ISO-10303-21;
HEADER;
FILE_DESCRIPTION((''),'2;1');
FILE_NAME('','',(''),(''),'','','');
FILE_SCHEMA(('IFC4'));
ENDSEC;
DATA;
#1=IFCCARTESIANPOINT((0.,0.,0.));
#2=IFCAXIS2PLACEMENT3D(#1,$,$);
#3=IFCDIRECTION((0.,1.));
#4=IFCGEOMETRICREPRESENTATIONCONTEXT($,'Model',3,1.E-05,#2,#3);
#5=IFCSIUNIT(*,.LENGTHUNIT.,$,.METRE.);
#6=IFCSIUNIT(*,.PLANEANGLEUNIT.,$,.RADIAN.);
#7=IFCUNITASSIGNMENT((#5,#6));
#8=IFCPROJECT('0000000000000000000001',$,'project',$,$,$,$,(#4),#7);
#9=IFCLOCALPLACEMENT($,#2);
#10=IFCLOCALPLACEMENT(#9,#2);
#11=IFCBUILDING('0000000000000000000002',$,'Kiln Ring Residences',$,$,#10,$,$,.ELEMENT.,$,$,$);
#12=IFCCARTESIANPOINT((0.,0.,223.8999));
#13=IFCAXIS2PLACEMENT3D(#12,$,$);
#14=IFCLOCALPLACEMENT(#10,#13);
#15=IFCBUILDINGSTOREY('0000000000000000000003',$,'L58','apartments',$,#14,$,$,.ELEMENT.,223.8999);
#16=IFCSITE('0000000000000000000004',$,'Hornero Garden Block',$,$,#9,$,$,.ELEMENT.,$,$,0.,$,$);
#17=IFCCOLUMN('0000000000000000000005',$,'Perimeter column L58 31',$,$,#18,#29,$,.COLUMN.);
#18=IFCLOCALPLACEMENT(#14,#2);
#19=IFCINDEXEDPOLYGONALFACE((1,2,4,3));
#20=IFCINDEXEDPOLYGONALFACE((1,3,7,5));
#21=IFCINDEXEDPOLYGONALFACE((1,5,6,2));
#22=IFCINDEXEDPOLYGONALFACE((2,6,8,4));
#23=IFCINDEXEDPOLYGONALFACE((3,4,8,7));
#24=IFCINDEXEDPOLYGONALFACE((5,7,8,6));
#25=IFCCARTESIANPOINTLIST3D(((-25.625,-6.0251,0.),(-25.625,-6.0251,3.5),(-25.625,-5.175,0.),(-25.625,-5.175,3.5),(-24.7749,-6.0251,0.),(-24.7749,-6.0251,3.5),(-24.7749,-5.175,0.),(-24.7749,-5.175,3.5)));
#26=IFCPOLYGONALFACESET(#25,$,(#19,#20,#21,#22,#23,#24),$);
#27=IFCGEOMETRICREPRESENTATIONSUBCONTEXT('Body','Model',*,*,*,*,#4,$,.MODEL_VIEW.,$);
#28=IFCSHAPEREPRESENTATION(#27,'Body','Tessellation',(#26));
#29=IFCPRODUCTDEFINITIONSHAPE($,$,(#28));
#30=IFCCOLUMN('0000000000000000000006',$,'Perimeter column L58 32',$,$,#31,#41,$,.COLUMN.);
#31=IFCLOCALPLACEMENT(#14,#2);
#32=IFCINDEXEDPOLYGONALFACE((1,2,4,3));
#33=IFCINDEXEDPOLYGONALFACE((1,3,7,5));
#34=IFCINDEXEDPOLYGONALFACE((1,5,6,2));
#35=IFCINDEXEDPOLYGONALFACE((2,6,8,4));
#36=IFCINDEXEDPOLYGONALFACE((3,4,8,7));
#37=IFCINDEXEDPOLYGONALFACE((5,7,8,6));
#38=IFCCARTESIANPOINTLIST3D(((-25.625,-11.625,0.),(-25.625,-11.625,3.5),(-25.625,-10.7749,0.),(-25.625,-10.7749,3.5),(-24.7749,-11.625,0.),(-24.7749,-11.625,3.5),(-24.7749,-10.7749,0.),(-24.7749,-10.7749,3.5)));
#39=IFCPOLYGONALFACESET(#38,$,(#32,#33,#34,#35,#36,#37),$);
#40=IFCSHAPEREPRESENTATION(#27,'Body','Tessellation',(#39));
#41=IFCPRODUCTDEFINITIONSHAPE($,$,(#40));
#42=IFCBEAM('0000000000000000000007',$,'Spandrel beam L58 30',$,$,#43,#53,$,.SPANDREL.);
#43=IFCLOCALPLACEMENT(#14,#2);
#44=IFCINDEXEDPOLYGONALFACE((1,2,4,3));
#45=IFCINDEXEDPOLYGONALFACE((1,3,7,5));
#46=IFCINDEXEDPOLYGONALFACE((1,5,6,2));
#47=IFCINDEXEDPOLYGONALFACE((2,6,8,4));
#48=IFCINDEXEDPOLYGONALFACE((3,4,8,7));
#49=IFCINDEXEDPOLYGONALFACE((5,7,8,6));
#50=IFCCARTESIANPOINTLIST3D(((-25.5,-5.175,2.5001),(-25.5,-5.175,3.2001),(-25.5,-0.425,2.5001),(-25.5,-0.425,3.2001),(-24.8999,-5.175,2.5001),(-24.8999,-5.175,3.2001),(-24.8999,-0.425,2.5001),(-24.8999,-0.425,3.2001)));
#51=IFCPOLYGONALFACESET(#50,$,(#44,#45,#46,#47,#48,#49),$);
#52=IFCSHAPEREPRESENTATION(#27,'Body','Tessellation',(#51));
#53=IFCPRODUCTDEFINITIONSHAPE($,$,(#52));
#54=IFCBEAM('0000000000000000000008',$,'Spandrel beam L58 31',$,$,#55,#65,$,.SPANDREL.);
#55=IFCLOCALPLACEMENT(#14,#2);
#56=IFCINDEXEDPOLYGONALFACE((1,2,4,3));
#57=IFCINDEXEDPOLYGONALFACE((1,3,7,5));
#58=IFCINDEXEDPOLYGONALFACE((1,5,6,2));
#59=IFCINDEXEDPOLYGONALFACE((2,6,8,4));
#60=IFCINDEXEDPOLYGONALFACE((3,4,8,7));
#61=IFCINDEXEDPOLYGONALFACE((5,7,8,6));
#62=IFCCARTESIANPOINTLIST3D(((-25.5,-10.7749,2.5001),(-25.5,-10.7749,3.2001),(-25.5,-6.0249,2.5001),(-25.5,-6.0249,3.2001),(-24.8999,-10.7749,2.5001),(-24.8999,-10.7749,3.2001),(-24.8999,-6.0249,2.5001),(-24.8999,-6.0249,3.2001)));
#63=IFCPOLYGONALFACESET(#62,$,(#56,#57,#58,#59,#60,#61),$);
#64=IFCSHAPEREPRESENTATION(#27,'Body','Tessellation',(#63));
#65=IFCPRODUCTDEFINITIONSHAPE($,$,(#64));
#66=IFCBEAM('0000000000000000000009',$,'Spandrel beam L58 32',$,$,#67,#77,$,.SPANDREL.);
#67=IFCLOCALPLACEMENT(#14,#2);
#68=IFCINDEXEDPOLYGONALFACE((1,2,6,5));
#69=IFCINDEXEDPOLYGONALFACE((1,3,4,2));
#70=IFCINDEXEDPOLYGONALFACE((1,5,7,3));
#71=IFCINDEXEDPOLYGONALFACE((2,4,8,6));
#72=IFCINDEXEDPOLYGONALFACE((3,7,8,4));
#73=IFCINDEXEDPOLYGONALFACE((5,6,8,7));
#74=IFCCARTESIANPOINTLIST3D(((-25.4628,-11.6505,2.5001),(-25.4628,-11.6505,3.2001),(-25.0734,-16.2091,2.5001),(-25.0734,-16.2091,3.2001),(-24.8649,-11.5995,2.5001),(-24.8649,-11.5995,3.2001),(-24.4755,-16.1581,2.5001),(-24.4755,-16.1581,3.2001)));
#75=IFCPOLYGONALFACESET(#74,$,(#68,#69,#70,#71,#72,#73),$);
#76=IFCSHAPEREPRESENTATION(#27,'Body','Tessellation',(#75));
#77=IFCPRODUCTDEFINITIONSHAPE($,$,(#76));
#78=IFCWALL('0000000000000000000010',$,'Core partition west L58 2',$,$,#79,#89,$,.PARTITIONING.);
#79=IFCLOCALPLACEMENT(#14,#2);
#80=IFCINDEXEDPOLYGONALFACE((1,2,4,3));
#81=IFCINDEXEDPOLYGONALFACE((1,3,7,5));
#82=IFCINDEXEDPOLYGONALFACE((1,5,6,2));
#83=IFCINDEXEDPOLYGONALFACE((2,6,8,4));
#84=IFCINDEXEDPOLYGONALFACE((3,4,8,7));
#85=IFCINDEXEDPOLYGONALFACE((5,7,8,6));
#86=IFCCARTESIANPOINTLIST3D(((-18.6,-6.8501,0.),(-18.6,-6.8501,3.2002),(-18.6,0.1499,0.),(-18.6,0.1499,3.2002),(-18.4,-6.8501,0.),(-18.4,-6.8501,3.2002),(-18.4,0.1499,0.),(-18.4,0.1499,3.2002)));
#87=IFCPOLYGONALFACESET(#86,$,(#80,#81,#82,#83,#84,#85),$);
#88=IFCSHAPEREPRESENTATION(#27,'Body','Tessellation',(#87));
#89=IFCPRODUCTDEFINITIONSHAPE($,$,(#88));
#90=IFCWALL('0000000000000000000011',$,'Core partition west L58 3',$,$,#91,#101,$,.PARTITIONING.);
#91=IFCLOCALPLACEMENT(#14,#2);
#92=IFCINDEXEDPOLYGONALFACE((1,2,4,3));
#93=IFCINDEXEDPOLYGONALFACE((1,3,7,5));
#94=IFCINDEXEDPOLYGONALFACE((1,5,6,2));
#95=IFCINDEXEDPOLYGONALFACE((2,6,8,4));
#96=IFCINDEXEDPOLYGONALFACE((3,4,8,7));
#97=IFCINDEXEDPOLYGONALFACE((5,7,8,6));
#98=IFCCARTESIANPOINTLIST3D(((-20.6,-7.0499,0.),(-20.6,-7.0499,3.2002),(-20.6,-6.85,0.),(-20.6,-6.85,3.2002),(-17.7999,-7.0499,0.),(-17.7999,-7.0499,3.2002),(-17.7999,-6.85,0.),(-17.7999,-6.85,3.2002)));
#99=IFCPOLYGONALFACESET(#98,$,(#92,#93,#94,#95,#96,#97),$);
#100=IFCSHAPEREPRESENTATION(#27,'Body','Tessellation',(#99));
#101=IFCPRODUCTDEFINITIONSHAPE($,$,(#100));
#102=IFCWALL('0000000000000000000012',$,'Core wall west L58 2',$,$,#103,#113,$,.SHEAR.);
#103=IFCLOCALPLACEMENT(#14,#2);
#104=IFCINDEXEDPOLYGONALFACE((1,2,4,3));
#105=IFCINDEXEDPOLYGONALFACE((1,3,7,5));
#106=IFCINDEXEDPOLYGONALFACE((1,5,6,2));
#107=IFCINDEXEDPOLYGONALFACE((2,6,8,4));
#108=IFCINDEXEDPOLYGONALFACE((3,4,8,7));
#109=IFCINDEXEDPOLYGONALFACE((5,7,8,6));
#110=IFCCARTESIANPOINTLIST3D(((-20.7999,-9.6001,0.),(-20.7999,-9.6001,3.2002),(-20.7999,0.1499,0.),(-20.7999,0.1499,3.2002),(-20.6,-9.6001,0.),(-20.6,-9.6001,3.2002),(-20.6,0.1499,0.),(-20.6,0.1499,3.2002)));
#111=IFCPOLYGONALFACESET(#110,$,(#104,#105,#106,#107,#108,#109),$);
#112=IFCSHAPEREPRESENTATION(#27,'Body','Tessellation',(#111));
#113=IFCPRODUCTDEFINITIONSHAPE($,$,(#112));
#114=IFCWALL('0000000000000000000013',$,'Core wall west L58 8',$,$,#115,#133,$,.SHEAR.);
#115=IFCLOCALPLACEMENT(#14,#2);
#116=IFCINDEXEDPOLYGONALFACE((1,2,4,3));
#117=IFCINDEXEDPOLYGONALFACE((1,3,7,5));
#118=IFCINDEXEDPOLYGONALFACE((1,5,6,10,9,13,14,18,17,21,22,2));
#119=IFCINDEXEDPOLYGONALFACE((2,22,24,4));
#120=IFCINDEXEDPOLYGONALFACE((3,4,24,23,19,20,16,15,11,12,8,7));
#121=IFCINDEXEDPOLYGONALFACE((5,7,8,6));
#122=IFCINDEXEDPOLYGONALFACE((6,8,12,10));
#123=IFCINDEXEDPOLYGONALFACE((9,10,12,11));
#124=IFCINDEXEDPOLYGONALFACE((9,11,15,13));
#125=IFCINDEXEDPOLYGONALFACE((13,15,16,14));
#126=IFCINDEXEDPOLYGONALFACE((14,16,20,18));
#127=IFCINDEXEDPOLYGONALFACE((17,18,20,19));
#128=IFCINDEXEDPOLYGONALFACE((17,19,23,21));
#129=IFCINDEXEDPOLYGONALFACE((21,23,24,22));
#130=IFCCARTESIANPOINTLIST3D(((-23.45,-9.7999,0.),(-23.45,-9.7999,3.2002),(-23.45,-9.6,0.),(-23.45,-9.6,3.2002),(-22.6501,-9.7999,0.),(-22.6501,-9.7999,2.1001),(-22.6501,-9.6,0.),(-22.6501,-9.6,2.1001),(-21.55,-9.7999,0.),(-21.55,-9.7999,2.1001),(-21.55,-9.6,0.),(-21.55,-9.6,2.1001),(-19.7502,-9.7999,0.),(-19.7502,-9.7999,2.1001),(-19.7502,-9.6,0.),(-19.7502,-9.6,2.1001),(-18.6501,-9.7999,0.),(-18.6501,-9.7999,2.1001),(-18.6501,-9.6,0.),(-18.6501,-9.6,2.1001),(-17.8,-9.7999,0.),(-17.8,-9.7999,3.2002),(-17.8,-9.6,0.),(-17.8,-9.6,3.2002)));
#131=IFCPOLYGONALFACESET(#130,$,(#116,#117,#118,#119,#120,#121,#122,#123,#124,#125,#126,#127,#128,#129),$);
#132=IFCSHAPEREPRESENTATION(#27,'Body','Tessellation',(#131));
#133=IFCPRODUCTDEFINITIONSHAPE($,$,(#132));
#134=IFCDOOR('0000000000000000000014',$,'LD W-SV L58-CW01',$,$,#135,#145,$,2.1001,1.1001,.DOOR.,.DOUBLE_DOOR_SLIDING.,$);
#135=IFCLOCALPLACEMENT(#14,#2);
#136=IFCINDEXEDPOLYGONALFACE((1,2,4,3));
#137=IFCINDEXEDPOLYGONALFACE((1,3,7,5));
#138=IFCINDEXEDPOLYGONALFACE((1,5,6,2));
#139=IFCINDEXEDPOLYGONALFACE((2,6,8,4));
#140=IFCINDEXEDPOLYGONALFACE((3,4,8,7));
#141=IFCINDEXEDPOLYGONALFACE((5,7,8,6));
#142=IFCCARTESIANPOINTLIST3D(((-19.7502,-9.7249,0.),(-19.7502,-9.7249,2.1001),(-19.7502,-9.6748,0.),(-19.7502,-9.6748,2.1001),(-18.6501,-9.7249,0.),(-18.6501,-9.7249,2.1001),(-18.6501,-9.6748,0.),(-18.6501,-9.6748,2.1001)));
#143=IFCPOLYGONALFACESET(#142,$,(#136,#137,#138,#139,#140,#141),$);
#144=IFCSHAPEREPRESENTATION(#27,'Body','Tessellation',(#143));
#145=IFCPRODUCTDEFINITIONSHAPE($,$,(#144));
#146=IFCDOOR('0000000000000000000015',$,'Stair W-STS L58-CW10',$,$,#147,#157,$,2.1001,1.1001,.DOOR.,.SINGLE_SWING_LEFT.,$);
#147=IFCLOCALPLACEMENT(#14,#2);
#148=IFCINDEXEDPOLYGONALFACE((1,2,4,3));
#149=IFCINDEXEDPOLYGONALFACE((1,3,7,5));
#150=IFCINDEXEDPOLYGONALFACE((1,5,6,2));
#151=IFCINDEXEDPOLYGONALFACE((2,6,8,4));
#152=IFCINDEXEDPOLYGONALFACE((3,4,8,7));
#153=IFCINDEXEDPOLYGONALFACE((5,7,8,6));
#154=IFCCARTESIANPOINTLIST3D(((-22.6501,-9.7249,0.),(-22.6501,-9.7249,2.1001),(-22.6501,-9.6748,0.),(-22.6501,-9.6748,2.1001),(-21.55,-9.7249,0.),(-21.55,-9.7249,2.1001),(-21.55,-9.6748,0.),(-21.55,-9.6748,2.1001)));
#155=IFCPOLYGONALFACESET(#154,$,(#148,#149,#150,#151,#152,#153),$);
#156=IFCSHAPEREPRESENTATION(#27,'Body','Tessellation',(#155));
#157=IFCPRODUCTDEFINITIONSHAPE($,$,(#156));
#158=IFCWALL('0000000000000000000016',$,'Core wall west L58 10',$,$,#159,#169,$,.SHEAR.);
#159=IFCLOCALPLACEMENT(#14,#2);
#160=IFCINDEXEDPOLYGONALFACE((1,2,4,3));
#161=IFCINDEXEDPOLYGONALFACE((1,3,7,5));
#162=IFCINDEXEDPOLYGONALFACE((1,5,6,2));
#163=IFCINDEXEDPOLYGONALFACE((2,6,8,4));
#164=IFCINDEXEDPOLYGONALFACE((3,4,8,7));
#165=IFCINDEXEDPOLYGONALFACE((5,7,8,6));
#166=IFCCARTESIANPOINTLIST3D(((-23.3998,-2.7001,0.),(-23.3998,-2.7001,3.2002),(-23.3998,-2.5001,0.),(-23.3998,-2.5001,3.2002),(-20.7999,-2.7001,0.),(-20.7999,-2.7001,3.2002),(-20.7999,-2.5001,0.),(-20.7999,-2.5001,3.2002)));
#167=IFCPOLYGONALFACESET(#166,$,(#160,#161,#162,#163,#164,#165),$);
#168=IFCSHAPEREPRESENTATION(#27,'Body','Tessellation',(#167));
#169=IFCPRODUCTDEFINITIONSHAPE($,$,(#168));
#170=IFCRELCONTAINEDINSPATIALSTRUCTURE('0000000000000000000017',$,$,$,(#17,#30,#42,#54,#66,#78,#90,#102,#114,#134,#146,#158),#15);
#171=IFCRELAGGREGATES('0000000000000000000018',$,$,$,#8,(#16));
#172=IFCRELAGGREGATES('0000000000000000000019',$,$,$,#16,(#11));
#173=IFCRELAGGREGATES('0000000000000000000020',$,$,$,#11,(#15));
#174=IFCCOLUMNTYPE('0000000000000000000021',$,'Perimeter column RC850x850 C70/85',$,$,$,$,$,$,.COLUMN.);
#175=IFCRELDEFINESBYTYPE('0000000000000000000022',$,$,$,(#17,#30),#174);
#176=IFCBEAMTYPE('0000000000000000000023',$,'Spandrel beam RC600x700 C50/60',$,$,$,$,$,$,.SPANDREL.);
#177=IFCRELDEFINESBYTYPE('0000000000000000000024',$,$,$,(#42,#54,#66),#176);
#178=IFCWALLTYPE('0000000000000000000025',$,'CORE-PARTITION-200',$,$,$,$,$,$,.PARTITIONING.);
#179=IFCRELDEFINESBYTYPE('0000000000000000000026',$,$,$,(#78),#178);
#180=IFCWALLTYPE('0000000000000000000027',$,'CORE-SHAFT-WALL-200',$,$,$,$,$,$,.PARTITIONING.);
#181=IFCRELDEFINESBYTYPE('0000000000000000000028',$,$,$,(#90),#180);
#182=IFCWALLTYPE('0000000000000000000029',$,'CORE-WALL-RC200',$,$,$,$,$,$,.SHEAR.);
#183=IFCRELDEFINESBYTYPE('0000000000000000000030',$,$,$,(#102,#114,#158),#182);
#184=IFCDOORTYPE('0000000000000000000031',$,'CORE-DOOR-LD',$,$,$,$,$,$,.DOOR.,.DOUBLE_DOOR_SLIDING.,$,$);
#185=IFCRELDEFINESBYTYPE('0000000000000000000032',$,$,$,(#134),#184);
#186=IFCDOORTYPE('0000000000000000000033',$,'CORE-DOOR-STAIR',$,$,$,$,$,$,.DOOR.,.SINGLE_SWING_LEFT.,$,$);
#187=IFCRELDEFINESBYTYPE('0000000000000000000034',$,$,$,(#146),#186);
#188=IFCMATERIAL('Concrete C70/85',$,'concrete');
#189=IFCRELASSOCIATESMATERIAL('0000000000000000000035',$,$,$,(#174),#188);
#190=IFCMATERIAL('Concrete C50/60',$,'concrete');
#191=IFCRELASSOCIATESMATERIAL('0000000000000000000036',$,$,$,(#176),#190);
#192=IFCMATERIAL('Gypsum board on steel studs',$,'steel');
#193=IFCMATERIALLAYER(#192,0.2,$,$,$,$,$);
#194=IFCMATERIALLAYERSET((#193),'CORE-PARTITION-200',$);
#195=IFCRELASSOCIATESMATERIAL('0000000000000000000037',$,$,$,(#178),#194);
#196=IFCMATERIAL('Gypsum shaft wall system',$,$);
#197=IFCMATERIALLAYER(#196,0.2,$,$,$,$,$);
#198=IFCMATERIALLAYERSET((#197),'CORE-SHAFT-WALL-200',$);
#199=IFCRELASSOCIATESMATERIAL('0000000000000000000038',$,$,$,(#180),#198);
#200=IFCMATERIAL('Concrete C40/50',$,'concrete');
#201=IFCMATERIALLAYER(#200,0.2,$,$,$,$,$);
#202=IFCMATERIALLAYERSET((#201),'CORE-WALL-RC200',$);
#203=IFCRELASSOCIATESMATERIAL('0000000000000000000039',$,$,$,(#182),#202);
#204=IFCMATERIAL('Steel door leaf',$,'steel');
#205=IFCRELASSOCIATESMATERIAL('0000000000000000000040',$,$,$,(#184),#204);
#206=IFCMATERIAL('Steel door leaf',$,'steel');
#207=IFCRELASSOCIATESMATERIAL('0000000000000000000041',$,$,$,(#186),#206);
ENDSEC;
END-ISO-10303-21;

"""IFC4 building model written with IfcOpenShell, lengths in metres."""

from ifc_helpers import new_model, si_unit, direction, frame, frame_2d, origin, origin_2d, place, context, subcontext, project, spatial, rectangle, extrude, material, layer, layer_set, material_profile, profile_set, type_object, element, fill, save


model = new_model("IFC4")

# Units and contexts
model_context = context("Model", 3, precision=1e-05, world=origin(), true_north=direction((0.0, 1.0)))
body_context = subcontext(model_context, "Body", "Model", "MODEL_VIEW")
ifc_project = project(units=[si_unit("LENGTHUNIT", "METRE"), si_unit("PLANEANGLEUNIT", "RADIAN")], contexts=[model_context])

# Site, building, storey
site_placement = place(None, origin())
site = spatial("IfcSite", under=ifc_project, at=site_placement, Name="Hornero Garden Block", CompositionType="ELEMENT", RefElevation=0.0)
building_placement = place(site_placement, origin())
building = spatial("IfcBuilding", under=site, at=building_placement, Name="Kiln Ring Residences", CompositionType="ELEMENT")
storey_placement = place(building_placement, frame((0.0, 0.0, 223.8999)))
storey = spatial("IfcBuildingStorey", under=building, at=storey_placement, Name="L58", Description="apartments", CompositionType="ELEMENT", Elevation=223.8999)

# Columns
ifc_material_1 = material(Name="Concrete C70/85", Category="concrete")
ifc_material_profile_1 = material_profile(ifc_material_1, rectangle(XDim=0.8501, YDim=0.8501, at=origin_2d()), Name="RC850x850")
ifc_profile_set_1 = profile_set([ifc_material_profile_1], Name="Concrete C70/85")
column_type = type_object("IfcColumnType", Name="Perimeter column RC850x850 C70/85", PredefinedType="COLUMN", material=ifc_profile_set_1)
for number, where, z_axis, x_axis, name in (
    (1, (-25.2, -5.6001, 0.0), (0.0, 0.0, 1.0), (1.0, 0.0, 0.0), "Perimeter column L58 31"),
    (2, (-25.2, -11.2, 0.0), (0.0, 0.0, 1.0), (1.0, 0.0, 0.0), "Perimeter column L58 32"),
):
    element("IfcColumn", number, at=place(storey_placement, frame(where, z_axis=z_axis, x_axis=x_axis)), inside=storey, type_object=column_type, Name=name, PredefinedType="COLUMN", context=body_context, shape_type="SweptSolid", body=[
        extrude(rectangle(XDim=0.8501, YDim=0.8501, at=origin_2d()), origin(), (0.0, 0.0, 1.0), 3.5),
    ])

# Beams
ifc_material_2 = material(Name="Concrete C50/60", Category="concrete")
ifc_material_profile_2 = material_profile(ifc_material_2, rectangle(XDim=0.6001, YDim=0.7, at=origin_2d()), Name="RC600x700")
ifc_profile_set_2 = profile_set([ifc_material_profile_2], Name="Concrete C50/60")
beam_type = type_object("IfcBeamType", Name="Spandrel beam RC600x700 C50/60", PredefinedType="SPANDREL", material=ifc_profile_set_2)
for number, where, z_axis, x_axis, name in (
    (3, (-25.2, -0.425, 2.8501), (0.0, -1.0, 0.0), (1.0, 0.0, 0.0), "Spandrel beam L58 30"),
    (4, (-25.2, -6.0249, 2.8501), (0.0, -1.0, 0.0), (1.0, 0.0, 0.0), "Spandrel beam L58 31"),
):
    element("IfcBeam", number, at=place(storey_placement, frame(where, z_axis=z_axis, x_axis=x_axis)), inside=storey, type_object=beam_type, Name=name, PredefinedType="SPANDREL", context=body_context, shape_type="SweptSolid", body=[
        extrude(rectangle(XDim=0.6001, YDim=0.7, at=origin_2d()), origin(), (0.0, 0.0, 1.0), 4.75),
    ])
beam_placement = place(storey_placement, frame((-25.1638, -11.625, 2.8501), z_axis=(0.085112, -0.996371, 0.0), x_axis=(0.996371, 0.085112, 0.0)))
element("IfcBeam", 5, at=beam_placement, inside=storey, type_object=beam_type, Name="Spandrel beam L58 32", PredefinedType="SPANDREL", context=body_context, shape_type="SweptSolid", body=[
    extrude(rectangle(XDim=0.6001, YDim=0.7, at=origin_2d()), origin(), (0.0, 0.0, 1.0), 4.5752),
])

# Walls
ifc_material_3 = material(Name="Gypsum board on steel studs", Category="steel")
ifc_layer_1 = layer(ifc_material_3, 0.2)
ifc_layer_set_1 = layer_set([ifc_layer_1], Name="CORE-PARTITION-200")
wall_type_1 = type_object("IfcWallType", Name="CORE-PARTITION-200", PredefinedType="PARTITIONING", material=ifc_layer_set_1)
wall_1_placement = place(storey_placement, frame((-18.5, -6.8501, 0.0), z_axis=(0.0, 0.0, 1.0), x_axis=(0.0, 1.0, 0.0)))
element("IfcWall", 6, at=wall_1_placement, inside=storey, type_object=wall_type_1, Name="Core partition west L58 2", PredefinedType="PARTITIONING", context=body_context, shape_type="SweptSolid", body=[
    extrude(rectangle(XDim=7.0, YDim=0.2, at=frame_2d((3.5, 0.0))), origin(), (0.0, 0.0, 1.0), 3.2002),
])
ifc_material_4 = material(Name="Gypsum shaft wall system")
ifc_layer_2 = layer(ifc_material_4, 0.2)
ifc_layer_set_2 = layer_set([ifc_layer_2], Name="CORE-SHAFT-WALL-200")
wall_type_2 = type_object("IfcWallType", Name="CORE-SHAFT-WALL-200", PredefinedType="PARTITIONING", material=ifc_layer_set_2)
wall_2_placement = place(storey_placement, frame((-17.8, -6.95, 0.0), z_axis=(0.0, 0.0, 1.0), x_axis=(-1.0, 0.0, 0.0)))
element("IfcWall", 7, at=wall_2_placement, inside=storey, type_object=wall_type_2, Name="Core partition west L58 3", PredefinedType="PARTITIONING", context=body_context, shape_type="SweptSolid", body=[
    extrude(rectangle(XDim=2.8, YDim=0.2, at=frame_2d((1.3999, 0.0))), origin(), (0.0, 0.0, 1.0), 3.2002),
])
ifc_material_5 = material(Name="Concrete C40/50", Category="concrete")
ifc_layer_3 = layer(ifc_material_5, 0.2)
ifc_layer_set_3 = layer_set([ifc_layer_3], Name="CORE-WALL-RC200")
wall_type_3 = type_object("IfcWallType", Name="CORE-WALL-RC200", PredefinedType="SHEAR", material=ifc_layer_set_3)
wall_3_placement = place(storey_placement, frame((-20.7, -9.6001, 0.0), z_axis=(0.0, 0.0, 1.0), x_axis=(0.0, 1.0, 0.0)))
element("IfcWall", 8, at=wall_3_placement, inside=storey, type_object=wall_type_3, Name="Core wall west L58 2", PredefinedType="SHEAR", context=body_context, shape_type="SweptSolid", body=[
    extrude(rectangle(XDim=9.75, YDim=0.2, at=frame_2d((4.875, 0.0))), origin(), (0.0, 0.0, 1.0), 3.2002),
])

# Wall, openings, doors
wall_4_placement = place(storey_placement, frame((-17.8, -9.7, 0.0), z_axis=(0.0, 0.0, 1.0), x_axis=(-1.0, 0.0, 0.0)))
wall_4 = element("IfcWall", 9, at=wall_4_placement, inside=storey, type_object=wall_type_3, Name="Core wall west L58 8", PredefinedType="SHEAR", context=body_context, shape_type="SweptSolid", body=[
    extrude(rectangle(XDim=5.6499, YDim=0.2, at=frame_2d((2.825, 0.0))), origin(), (0.0, 0.0, 1.0), 3.2002),
])
opening_1_placement = place(wall_4_placement, frame((0.8501, 0.0, 0.0)))
opening_1 = element("IfcOpeningElement", 10, at=opening_1_placement, cuts=wall_4, PredefinedType="OPENING", context=body_context, shape_type="SweptSolid", body=[
    extrude(rectangle(XDim=1.1001, YDim=2.1001, at=frame_2d((0.55, 1.05))), frame((0.0, 0.1099, 0.0), z_axis=(0.0, -1.0, 0.0), x_axis=(1.0, 0.0, 0.0)), (0.0, 0.0, 1.0), 0.22),
])
opening_2_placement = place(wall_4_placement, frame((3.75, 0.0, 0.0)))
opening_2 = element("IfcOpeningElement", 11, at=opening_2_placement, cuts=wall_4, PredefinedType="OPENING", context=body_context, shape_type="SweptSolid", body=[
    extrude(rectangle(XDim=1.1001, YDim=2.1001, at=frame_2d((0.55, 1.05))), frame((0.0, 0.1099, 0.0), z_axis=(0.0, -1.0, 0.0), x_axis=(1.0, 0.0, 0.0)), (0.0, 0.0, 1.0), 0.22),
])
ifc_material_6 = material(Name="Steel door leaf", Category="steel")
door_type_1 = type_object("IfcDoorType", Name="CORE-DOOR-LD", OperationType="DOUBLE_DOOR_SLIDING", PredefinedType="DOOR", material=ifc_material_6)
door_1_placement = place(opening_1_placement, origin())
door_1 = element("IfcDoor", 12, at=door_1_placement, inside=storey, type_object=door_type_1, Name="LD W-SV L58-CW01", OperationType="DOUBLE_DOOR_SLIDING", OverallHeight=2.1001, OverallWidth=1.1001, PredefinedType="DOOR", context=body_context, shape_type="SweptSolid", body=[
    extrude(rectangle(XDim=1.1001, YDim=2.1001, at=frame_2d((0.55, 1.05))), frame((0.0, 0.0249, 0.0), z_axis=(0.0, -1.0, 0.0), x_axis=(1.0, 0.0, 0.0)), (0.0, 0.0, 1.0), 0.05),
])
fill(opening_1, door_1)
ifc_material_7 = material(Name="Steel door leaf", Category="steel")
door_type_2 = type_object("IfcDoorType", Name="CORE-DOOR-STAIR", OperationType="SINGLE_SWING_LEFT", PredefinedType="DOOR", material=ifc_material_7)
door_2_placement = place(opening_2_placement, origin())
door_2 = element("IfcDoor", 13, at=door_2_placement, inside=storey, type_object=door_type_2, Name="Stair W-STS L58-CW10", OperationType="SINGLE_SWING_LEFT", OverallHeight=2.1001, OverallWidth=1.1001, PredefinedType="DOOR", context=body_context, shape_type="SweptSolid", body=[
    extrude(rectangle(XDim=1.1001, YDim=2.1001, at=frame_2d((0.55, 1.05))), frame((0.0, 0.0249, 0.0), z_axis=(0.0, -1.0, 0.0), x_axis=(1.0, 0.0, 0.0)), (0.0, 0.0, 1.0), 0.05),
])
fill(opening_2, door_2)

# Wall
wall_5_placement = place(storey_placement, frame((-20.8, -2.6001, 0.0), z_axis=(0.0, 0.0, 1.0), x_axis=(-1.0, 0.0, 0.0)))
element("IfcWall", 14, at=wall_5_placement, inside=storey, type_object=wall_type_3, Name="Core wall west L58 10", PredefinedType="SHEAR", context=body_context, shape_type="SweptSolid", body=[
    extrude(rectangle(XDim=2.5999, YDim=0.2, at=frame_2d((1.2998, 0.0))), origin(), (0.0, 0.0, 1.0), 3.2002),
])

save(model, "model.ifc")
